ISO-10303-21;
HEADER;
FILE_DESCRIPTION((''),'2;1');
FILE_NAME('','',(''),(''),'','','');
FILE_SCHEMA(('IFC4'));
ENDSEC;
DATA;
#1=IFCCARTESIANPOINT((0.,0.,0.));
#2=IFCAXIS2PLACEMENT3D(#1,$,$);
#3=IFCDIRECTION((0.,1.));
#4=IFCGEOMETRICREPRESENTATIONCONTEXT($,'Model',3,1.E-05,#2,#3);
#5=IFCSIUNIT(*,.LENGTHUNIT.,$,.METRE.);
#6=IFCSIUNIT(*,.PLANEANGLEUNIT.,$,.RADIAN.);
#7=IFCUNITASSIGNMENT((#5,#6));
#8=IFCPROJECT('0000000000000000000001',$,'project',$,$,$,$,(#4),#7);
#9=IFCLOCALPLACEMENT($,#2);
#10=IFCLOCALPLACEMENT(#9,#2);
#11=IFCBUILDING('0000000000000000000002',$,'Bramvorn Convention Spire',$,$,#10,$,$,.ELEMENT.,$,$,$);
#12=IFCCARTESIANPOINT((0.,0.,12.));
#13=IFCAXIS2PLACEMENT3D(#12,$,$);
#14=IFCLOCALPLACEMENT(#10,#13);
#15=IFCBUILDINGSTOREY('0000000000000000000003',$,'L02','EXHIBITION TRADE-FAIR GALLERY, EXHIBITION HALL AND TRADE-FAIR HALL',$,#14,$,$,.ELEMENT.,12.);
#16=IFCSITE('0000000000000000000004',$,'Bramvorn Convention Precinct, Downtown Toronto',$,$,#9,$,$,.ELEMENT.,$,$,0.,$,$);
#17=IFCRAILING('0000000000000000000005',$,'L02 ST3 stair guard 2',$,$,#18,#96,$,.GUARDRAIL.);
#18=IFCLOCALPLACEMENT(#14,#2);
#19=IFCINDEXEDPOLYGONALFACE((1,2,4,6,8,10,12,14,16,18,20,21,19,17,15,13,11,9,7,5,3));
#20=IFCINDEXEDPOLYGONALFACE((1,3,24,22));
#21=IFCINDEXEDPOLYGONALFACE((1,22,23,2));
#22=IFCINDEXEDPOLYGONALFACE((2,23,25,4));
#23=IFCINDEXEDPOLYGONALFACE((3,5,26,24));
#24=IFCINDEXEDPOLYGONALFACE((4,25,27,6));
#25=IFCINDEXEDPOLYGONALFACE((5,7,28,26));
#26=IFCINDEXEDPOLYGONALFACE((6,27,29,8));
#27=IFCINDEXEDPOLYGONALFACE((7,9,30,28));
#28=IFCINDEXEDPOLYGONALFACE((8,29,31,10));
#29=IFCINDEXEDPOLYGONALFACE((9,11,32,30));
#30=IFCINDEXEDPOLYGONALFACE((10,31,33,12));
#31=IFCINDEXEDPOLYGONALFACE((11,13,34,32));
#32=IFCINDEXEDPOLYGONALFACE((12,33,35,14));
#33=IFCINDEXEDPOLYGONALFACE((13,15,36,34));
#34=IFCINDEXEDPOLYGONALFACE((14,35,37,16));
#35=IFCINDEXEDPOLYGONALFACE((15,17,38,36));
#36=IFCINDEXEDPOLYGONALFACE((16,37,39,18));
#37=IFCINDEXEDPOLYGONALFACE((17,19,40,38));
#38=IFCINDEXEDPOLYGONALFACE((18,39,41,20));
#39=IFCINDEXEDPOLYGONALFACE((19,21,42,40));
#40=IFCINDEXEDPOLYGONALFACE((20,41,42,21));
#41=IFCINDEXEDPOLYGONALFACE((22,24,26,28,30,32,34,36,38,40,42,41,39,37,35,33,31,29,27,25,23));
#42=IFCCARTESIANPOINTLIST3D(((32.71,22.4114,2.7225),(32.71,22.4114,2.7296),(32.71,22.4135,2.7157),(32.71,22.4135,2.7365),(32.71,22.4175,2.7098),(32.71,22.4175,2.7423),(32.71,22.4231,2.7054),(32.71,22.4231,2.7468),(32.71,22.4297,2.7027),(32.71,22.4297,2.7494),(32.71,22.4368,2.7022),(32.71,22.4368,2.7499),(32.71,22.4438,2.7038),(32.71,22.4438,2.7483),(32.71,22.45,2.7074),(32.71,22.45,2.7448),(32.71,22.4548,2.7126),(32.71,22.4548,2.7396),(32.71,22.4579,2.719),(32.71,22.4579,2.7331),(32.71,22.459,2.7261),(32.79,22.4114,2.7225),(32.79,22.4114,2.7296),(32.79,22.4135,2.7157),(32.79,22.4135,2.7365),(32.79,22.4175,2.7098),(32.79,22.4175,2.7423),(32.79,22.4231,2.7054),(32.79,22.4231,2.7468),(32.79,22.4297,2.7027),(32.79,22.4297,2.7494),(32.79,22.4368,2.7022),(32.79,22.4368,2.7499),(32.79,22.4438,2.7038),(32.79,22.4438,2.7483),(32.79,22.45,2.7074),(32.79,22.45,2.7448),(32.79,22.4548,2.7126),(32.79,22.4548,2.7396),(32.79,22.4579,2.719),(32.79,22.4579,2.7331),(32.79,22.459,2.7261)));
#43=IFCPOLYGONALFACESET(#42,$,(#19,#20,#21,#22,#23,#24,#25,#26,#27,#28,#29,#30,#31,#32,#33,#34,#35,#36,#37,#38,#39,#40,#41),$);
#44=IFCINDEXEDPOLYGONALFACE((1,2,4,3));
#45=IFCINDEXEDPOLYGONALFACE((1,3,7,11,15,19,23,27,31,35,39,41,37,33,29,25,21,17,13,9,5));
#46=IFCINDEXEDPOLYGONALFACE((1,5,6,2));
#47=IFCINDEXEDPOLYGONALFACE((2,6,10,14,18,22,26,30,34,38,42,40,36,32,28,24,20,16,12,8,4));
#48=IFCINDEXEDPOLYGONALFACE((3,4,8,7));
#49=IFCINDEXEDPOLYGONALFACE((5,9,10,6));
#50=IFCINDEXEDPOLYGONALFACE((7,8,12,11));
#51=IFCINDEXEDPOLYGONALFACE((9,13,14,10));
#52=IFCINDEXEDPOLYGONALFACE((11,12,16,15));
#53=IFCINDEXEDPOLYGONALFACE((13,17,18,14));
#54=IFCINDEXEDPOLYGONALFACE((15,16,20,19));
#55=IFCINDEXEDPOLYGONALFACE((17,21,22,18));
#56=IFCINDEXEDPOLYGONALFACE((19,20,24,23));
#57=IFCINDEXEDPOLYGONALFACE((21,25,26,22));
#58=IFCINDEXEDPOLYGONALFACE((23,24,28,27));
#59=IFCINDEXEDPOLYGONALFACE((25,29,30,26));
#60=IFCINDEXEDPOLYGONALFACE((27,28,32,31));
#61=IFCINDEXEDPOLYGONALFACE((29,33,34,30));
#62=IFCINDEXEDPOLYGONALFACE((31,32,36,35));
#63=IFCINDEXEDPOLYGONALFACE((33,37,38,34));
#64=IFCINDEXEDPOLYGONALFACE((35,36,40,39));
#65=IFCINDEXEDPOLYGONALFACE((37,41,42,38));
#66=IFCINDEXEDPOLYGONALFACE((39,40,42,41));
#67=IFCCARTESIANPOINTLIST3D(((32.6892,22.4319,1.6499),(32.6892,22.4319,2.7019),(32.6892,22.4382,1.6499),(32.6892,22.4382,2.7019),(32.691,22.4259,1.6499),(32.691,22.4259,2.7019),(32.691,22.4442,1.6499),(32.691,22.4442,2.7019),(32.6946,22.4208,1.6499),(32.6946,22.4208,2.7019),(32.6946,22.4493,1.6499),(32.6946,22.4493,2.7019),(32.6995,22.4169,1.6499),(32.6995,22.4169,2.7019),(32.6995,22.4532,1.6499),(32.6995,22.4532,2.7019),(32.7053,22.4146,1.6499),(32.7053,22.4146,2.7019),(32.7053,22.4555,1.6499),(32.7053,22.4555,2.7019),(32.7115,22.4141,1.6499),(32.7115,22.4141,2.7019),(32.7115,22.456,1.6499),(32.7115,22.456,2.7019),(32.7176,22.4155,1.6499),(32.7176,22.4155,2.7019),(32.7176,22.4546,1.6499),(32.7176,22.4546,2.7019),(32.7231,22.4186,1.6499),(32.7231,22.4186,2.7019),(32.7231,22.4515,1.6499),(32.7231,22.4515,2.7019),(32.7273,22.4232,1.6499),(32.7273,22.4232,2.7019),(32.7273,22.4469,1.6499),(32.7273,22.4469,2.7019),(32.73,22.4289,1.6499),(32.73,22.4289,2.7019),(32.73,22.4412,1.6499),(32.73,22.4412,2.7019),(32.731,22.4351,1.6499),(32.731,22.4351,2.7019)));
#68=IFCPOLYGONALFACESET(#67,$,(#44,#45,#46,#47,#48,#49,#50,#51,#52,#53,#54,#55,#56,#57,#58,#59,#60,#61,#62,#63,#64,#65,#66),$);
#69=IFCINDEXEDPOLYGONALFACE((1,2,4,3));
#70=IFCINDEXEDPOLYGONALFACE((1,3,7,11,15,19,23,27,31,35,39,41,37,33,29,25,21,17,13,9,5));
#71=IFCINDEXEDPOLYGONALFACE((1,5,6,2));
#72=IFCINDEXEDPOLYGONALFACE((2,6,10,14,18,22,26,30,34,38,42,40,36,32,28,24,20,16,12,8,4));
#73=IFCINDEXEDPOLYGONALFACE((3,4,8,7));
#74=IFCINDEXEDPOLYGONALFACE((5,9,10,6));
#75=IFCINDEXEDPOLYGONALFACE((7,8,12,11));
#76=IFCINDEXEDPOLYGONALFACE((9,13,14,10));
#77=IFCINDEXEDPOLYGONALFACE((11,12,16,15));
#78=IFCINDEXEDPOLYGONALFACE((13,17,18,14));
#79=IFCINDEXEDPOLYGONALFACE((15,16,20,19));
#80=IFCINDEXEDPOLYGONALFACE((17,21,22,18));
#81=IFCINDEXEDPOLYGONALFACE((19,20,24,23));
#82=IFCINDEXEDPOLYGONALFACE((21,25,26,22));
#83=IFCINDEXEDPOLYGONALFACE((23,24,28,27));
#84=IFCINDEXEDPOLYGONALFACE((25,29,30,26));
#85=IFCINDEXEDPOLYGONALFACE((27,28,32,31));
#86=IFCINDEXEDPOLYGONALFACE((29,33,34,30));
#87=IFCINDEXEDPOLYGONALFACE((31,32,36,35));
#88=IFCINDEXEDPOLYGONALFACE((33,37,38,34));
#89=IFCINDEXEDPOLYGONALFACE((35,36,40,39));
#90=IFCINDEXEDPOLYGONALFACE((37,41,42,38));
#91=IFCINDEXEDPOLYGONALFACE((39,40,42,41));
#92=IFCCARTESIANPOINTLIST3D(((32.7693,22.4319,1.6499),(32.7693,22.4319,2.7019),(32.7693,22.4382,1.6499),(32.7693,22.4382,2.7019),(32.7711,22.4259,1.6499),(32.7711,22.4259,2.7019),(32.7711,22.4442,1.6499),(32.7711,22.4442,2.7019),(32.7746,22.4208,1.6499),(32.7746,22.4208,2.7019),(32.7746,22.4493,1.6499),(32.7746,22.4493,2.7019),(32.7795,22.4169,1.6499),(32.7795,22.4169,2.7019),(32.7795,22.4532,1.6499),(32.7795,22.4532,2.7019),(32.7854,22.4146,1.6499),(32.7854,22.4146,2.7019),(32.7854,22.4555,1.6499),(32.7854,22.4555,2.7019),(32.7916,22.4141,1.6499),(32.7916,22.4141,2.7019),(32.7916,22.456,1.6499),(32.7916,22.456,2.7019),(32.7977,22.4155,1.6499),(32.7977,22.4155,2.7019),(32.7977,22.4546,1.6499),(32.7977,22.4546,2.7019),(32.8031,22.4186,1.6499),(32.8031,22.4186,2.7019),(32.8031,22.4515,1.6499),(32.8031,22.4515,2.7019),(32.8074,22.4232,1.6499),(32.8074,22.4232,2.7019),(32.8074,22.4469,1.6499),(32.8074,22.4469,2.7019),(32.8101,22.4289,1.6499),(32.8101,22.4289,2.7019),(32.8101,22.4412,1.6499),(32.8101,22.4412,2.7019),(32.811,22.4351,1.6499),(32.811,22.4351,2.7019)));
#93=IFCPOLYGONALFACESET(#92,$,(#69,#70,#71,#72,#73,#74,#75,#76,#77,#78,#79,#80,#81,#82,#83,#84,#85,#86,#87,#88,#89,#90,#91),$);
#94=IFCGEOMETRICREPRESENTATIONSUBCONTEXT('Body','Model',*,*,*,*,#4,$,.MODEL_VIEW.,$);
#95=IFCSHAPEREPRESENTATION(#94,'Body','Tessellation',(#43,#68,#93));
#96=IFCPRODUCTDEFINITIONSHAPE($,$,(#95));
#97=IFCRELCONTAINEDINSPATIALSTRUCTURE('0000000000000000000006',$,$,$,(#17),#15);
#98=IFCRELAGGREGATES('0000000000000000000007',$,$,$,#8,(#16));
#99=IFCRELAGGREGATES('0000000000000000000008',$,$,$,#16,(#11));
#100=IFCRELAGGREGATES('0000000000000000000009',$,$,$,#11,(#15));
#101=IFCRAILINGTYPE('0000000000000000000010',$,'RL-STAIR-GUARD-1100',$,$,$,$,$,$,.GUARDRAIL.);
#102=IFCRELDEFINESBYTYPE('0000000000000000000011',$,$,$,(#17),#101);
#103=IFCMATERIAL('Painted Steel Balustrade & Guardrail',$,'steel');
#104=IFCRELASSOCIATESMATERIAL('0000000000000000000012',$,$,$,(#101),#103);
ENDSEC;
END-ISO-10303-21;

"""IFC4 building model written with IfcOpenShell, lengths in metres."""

from ifc_helpers import new_model, si_unit, direction, frame, origin, origin_2d, place, context, subcontext, project, spatial, circle, extrude, material, type_object, element, save


model = new_model("IFC4")

# Units and contexts
model_context = context("Model", 3, precision=1e-05, world=origin(), true_north=direction((0.0, 1.0)))
body_context = subcontext(model_context, "Body", "Model", "MODEL_VIEW")
ifc_project = project(units=[si_unit("LENGTHUNIT", "METRE"), si_unit("PLANEANGLEUNIT", "RADIAN")], contexts=[model_context])

# Site, building, storey
site_placement = place(None, origin())
site = spatial("IfcSite", under=ifc_project, at=site_placement, Name="Bramvorn Convention Precinct, Downtown Toronto", CompositionType="ELEMENT", RefElevation=0.0)
building_placement = place(site_placement, origin())
building = spatial("IfcBuilding", under=site, at=building_placement, Name="Bramvorn Convention Spire", CompositionType="ELEMENT")
storey_placement = place(building_placement, frame((0.0, 0.0, 12.0)))
storey = spatial("IfcBuildingStorey", under=building, at=storey_placement, Name="L02", Description="EXHIBITION TRADE-FAIR GALLERY, EXHIBITION HALL AND TRADE-FAIR HALL", CompositionType="ELEMENT", Elevation=12.0)

# Railing
ifc_material_1 = material(Name="Painted Steel Balustrade & Guardrail", Category="steel")
railing_type_1 = type_object("IfcRailingType", Name="RL-STAIR-GUARD-1100", PredefinedType="GUARDRAIL", material=ifc_material_1)
railing_1_placement = place(storey_placement, frame((32.71, 22.4351, 1.6499)))
element("IfcRailing", 1, at=railing_1_placement, inside=storey, type_object=railing_type_1, Name="L02 ST3 stair guard 2", PredefinedType="GUARDRAIL", context=body_context, shape_type="SweptSolid", body=[
    extrude(circle(Radius=0.0239, at=origin_2d()), frame((0.0, 0.0, 1.0762), z_axis=(1.0, 0.0, 0.0), x_axis=(0.0, 1.0, 0.0)), (0.0, 0.0, 1.0), 0.0801),
    extrude(circle(Radius=0.021, at=origin_2d()), origin(), (0.0, 0.0, 1.0), 1.052),
    extrude(circle(Radius=0.021, at=origin_2d()), frame((0.0801, 0.0, 0.0)), (0.0, 0.0, 1.0), 1.052),
])

save(model, "model.ifc")
